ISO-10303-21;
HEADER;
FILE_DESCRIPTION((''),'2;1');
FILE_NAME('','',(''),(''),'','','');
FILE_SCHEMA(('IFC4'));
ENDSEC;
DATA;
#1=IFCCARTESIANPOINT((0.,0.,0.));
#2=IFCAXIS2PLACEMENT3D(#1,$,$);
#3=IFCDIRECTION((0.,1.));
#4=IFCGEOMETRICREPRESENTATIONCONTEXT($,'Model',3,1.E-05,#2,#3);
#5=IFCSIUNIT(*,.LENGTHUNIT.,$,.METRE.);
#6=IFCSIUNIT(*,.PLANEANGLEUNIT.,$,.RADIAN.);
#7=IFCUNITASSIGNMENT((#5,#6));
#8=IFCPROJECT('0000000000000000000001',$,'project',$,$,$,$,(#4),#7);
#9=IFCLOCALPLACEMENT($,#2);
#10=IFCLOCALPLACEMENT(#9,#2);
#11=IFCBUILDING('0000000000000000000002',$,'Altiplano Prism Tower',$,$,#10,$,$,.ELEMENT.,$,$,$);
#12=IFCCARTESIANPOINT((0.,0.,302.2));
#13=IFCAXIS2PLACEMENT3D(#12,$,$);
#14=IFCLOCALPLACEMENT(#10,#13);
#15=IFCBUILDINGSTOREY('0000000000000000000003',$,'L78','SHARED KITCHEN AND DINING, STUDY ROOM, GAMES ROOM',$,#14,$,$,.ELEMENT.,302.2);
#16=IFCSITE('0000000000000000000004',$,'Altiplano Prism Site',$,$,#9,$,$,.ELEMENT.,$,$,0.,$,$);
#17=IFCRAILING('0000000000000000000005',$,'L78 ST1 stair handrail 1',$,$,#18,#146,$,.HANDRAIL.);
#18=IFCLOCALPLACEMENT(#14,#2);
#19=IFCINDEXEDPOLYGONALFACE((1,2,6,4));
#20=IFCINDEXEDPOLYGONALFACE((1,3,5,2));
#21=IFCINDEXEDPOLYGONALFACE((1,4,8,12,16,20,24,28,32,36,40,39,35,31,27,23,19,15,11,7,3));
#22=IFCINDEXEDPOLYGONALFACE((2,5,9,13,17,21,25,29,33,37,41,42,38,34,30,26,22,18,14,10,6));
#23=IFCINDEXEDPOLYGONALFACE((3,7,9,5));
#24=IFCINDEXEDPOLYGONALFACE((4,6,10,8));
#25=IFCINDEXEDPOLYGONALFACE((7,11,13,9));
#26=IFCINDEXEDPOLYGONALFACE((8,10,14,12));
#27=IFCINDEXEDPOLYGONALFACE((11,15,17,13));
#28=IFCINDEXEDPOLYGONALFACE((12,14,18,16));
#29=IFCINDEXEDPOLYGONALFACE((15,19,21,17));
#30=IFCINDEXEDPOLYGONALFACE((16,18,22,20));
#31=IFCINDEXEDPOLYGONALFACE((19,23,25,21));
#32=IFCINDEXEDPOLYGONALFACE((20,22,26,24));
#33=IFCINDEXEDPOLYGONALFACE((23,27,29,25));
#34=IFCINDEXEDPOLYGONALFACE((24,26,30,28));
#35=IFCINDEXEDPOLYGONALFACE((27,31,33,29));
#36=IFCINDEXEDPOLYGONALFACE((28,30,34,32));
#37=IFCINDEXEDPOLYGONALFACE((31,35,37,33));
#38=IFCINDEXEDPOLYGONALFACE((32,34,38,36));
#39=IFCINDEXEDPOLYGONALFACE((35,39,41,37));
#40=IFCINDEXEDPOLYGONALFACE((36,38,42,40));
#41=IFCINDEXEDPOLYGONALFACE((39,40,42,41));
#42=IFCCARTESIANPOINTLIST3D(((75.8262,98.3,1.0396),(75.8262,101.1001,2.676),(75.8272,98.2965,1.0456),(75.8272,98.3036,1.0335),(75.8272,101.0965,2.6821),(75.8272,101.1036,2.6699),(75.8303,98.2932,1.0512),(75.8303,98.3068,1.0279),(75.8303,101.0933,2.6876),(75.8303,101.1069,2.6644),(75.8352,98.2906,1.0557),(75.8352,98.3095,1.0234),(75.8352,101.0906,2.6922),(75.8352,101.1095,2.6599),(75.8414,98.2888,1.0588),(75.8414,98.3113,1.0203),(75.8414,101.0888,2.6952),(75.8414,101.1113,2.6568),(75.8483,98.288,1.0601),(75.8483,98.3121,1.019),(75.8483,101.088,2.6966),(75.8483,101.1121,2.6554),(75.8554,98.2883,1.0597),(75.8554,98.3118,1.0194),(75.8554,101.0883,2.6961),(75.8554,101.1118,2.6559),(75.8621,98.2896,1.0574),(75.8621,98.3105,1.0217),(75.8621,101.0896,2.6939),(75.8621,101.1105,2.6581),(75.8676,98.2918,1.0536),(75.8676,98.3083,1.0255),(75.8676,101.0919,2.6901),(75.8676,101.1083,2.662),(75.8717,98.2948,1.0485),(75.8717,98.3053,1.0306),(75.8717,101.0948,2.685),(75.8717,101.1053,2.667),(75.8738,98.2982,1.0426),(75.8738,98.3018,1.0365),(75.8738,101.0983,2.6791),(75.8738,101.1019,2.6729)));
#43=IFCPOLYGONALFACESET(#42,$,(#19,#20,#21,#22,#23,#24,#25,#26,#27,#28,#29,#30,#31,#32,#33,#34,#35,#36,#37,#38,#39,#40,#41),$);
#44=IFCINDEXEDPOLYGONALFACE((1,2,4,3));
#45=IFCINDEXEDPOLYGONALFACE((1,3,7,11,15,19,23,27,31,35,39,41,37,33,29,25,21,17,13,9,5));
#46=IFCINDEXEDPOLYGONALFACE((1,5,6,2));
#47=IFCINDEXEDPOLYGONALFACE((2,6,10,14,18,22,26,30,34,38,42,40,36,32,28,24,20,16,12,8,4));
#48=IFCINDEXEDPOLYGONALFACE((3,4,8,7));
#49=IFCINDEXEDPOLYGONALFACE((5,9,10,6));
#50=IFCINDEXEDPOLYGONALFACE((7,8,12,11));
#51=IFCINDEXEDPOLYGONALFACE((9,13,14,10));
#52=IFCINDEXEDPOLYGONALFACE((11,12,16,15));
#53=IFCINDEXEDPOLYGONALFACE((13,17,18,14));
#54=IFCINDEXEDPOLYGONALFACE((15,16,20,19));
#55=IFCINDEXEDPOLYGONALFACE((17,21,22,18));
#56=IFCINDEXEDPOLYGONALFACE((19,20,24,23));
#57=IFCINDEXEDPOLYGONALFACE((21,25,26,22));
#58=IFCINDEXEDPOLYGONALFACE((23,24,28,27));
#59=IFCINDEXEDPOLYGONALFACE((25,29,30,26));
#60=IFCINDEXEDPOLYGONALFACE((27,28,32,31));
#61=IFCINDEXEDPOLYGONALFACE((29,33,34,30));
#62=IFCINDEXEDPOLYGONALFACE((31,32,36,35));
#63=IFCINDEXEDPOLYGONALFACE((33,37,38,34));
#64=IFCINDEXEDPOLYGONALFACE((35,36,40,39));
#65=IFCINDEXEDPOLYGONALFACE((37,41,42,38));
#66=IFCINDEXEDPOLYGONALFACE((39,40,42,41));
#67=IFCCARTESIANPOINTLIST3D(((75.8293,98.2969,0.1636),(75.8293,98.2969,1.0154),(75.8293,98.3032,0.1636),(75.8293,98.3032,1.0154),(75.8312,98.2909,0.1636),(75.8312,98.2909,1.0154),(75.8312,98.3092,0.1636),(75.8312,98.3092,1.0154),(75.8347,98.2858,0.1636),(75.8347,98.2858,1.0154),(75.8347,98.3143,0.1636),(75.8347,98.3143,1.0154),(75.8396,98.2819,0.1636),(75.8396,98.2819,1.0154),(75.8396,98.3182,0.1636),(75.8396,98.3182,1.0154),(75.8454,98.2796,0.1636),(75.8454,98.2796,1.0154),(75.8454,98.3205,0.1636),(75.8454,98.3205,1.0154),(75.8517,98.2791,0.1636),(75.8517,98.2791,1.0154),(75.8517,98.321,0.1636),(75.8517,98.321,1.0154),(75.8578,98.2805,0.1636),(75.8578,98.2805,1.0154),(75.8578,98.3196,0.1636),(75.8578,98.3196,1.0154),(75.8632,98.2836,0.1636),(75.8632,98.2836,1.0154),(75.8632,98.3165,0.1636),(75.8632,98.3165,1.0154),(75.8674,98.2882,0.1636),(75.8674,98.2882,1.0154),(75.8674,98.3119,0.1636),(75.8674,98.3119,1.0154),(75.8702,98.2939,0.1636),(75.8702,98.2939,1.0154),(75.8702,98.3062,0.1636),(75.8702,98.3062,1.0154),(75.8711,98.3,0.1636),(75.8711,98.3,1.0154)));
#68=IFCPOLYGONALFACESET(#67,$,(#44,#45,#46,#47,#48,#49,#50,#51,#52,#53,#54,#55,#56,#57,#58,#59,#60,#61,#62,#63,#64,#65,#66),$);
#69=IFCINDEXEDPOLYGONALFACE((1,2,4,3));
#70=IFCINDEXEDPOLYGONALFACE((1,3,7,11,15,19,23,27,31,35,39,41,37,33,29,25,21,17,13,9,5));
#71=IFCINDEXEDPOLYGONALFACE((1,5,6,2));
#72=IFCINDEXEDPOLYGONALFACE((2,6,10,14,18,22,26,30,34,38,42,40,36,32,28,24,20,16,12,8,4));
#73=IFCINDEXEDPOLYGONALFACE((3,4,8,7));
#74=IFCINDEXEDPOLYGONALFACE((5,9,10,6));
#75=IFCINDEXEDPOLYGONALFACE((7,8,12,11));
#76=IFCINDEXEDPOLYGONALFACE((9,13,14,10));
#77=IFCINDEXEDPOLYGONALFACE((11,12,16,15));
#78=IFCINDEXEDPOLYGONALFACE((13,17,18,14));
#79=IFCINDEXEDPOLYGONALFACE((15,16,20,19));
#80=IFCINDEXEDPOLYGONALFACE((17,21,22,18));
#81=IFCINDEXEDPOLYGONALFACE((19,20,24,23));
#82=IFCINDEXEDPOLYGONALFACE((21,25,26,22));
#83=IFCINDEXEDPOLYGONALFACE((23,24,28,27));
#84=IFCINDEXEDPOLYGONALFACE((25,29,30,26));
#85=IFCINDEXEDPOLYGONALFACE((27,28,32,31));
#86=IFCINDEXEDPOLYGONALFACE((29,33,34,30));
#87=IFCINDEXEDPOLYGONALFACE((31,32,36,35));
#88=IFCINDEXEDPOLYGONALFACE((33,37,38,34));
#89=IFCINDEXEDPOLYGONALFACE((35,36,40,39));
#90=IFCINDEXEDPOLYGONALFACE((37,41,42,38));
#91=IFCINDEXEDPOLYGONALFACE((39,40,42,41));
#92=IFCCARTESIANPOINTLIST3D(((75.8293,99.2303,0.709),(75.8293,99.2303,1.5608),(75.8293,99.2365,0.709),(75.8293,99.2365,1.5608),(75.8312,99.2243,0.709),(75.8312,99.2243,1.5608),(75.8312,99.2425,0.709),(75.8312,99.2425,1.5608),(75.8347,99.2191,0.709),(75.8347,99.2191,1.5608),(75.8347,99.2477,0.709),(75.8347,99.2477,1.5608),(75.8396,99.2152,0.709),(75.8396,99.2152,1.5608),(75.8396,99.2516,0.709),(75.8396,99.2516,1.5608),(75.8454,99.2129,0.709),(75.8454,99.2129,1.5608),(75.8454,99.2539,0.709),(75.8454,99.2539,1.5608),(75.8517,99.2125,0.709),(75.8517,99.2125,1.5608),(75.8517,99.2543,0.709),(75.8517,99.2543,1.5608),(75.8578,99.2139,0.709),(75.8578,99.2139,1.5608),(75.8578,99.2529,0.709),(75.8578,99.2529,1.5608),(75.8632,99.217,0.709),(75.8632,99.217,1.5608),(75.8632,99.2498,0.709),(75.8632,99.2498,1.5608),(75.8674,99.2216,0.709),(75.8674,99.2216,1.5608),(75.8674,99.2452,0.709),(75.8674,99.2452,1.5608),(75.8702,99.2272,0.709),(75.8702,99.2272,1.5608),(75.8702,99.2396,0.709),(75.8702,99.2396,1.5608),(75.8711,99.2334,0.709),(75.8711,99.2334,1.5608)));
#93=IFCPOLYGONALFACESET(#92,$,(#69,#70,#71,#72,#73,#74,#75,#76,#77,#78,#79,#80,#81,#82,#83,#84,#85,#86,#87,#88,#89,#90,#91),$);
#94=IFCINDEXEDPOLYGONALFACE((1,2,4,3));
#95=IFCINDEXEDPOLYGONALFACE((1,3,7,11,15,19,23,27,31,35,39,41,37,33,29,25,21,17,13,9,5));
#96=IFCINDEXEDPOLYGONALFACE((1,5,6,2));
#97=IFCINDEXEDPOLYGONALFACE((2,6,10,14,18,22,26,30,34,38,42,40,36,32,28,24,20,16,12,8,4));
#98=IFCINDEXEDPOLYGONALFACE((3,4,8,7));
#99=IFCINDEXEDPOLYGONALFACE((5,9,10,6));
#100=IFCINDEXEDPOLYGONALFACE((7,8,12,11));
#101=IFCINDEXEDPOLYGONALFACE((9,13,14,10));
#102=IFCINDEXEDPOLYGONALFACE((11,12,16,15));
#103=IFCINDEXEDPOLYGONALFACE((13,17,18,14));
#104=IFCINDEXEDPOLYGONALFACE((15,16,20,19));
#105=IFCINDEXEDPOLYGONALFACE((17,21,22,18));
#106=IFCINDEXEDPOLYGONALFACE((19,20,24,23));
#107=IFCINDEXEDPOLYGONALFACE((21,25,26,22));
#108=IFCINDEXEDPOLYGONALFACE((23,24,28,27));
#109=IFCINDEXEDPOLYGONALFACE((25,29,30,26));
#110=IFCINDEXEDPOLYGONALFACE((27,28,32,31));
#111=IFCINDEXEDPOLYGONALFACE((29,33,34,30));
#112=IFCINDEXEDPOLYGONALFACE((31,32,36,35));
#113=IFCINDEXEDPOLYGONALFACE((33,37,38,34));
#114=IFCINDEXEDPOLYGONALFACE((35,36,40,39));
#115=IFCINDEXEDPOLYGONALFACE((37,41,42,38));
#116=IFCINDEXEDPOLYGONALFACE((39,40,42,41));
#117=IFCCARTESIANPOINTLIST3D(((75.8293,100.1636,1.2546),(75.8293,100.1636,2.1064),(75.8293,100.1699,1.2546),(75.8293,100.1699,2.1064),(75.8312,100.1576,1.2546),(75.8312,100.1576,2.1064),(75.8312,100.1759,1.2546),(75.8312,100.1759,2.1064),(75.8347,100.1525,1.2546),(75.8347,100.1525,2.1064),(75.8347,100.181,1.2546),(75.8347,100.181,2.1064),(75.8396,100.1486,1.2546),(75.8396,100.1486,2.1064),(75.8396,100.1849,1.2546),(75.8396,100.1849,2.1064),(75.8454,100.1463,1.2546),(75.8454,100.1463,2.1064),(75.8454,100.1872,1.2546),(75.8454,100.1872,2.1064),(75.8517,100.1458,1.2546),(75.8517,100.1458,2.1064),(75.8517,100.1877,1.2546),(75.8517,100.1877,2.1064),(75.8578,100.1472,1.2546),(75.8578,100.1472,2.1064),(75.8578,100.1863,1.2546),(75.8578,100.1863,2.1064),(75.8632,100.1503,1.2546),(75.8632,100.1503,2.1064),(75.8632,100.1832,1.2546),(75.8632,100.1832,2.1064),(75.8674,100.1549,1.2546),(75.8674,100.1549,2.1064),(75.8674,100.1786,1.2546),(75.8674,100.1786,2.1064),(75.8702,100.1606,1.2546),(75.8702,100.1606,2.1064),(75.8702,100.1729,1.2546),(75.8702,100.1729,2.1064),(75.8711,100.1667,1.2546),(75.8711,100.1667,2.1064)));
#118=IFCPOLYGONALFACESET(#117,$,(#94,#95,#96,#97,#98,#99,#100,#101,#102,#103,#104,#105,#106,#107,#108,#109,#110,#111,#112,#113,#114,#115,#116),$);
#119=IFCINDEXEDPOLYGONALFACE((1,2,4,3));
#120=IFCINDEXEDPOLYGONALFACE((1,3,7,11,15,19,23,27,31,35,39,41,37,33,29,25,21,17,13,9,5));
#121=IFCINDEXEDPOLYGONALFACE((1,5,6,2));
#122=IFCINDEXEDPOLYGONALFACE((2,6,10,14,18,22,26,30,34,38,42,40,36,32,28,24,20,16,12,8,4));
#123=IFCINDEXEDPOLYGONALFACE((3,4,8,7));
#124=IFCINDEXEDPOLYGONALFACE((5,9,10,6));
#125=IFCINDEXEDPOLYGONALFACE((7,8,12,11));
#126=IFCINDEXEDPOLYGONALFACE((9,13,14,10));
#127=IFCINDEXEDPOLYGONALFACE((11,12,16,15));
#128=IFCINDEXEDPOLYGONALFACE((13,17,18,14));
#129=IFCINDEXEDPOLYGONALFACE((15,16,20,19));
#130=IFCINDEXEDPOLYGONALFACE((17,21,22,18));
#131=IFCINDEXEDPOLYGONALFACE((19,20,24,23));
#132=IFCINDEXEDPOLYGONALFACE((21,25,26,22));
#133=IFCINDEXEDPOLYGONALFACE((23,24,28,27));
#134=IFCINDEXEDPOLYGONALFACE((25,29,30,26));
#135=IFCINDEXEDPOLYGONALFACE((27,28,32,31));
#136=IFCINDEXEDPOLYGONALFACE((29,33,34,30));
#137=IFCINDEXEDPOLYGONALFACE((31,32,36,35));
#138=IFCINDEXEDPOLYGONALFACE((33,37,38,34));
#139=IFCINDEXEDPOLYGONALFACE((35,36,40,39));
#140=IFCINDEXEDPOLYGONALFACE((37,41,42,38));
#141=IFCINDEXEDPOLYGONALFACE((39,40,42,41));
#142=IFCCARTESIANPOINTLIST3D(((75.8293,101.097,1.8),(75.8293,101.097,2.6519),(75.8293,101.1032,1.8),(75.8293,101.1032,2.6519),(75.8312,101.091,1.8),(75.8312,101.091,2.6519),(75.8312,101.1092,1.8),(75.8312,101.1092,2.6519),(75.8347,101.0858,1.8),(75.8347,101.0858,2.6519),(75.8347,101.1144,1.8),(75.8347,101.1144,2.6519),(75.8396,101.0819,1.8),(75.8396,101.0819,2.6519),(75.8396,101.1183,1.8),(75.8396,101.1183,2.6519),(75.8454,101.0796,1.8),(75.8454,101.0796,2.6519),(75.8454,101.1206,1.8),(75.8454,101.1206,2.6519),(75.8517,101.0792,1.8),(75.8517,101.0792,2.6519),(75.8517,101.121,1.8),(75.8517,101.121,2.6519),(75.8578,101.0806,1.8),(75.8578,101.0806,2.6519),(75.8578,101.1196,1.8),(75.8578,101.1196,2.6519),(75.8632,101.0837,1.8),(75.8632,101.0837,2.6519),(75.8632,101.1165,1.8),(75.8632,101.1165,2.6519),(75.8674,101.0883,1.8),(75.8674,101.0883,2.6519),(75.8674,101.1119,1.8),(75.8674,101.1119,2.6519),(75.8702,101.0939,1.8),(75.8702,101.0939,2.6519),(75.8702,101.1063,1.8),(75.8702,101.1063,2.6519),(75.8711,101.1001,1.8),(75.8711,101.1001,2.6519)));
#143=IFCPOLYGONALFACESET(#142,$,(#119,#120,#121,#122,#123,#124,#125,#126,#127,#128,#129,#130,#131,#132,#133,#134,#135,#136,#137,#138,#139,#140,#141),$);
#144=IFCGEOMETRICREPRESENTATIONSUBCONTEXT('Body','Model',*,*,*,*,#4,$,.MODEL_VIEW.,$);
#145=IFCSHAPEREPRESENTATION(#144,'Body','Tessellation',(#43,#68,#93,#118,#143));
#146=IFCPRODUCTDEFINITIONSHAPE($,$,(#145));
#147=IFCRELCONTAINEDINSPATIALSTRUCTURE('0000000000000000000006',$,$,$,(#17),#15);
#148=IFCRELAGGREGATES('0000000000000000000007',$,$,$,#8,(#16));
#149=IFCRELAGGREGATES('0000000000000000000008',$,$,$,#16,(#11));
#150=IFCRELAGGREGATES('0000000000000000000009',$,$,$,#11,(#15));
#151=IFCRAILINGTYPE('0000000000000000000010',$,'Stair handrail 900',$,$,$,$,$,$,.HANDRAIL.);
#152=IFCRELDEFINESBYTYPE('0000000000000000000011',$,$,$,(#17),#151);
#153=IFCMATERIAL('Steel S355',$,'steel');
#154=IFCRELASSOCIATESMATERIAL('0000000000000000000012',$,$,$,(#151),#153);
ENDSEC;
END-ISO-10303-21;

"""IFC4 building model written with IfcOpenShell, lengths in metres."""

from ifc_helpers import new_model, si_unit, direction, frame, origin, origin_2d, place, context, subcontext, project, spatial, circle, extrude, material, type_object, element, save


model = new_model("IFC4")

# Units and contexts
model_context = context("Model", 3, precision=1e-05, world=origin(), true_north=direction((0.0, 1.0)))
body_context = subcontext(model_context, "Body", "Model", "MODEL_VIEW")
ifc_project = project(units=[si_unit("LENGTHUNIT", "METRE"), si_unit("PLANEANGLEUNIT", "RADIAN")], contexts=[model_context])

# Site, building, storey
site_placement = place(None, origin())
site = spatial("IfcSite", under=ifc_project, at=site_placement, Name="Altiplano Prism Site", CompositionType="ELEMENT", RefElevation=0.0)
building_placement = place(site_placement, origin())
building = spatial("IfcBuilding", under=site, at=building_placement, Name="Altiplano Prism Tower", CompositionType="ELEMENT")
storey_placement = place(building_placement, frame((0.0, 0.0, 302.2)))
storey = spatial("IfcBuildingStorey", under=building, at=storey_placement, Name="L78", Description="SHARED KITCHEN AND DINING, STUDY ROOM, GAMES ROOM", CompositionType="ELEMENT", Elevation=302.2)

# Railing
ifc_material_1 = material(Name="Steel S355", Category="steel")
railing_type_1 = type_object("IfcRailingType", Name="Stair handrail 900", PredefinedType="HANDRAIL", material=ifc_material_1)
railing_1_placement = place(storey_placement, frame((75.8501, 98.3, 0.1636)))
element("IfcRailing", 1, at=railing_1_placement, inside=storey, type_object=railing_type_1, Name="L78 ST1 stair handrail 1", PredefinedType="HANDRAIL", context=body_context, shape_type="SweptSolid", body=[
    extrude(circle(Radius=0.0239, at=origin_2d()), frame((0.0, 0.0, 0.876), z_axis=(0.0, 0.863361, 0.504587), x_axis=(-1.0, 0.0, 0.0)), (0.0, 0.0, 1.0), 3.2432),
    extrude(circle(Radius=0.021, at=origin_2d()), origin(), (0.0, 0.0, 1.0), 0.8518),
    extrude(circle(Radius=0.021, at=origin_2d()), frame((0.0, 0.9333, 0.5454)), (0.0, 0.0, 1.0), 0.8518),
    extrude(circle(Radius=0.021, at=origin_2d()), frame((0.0, 1.8667, 1.0911)), (0.0, 0.0, 1.0), 0.8518),
    extrude(circle(Radius=0.021, at=origin_2d()), frame((0.0, 2.8, 1.6365)), (0.0, 0.0, 1.0), 0.8518),
])

save(model, "model.ifc")
